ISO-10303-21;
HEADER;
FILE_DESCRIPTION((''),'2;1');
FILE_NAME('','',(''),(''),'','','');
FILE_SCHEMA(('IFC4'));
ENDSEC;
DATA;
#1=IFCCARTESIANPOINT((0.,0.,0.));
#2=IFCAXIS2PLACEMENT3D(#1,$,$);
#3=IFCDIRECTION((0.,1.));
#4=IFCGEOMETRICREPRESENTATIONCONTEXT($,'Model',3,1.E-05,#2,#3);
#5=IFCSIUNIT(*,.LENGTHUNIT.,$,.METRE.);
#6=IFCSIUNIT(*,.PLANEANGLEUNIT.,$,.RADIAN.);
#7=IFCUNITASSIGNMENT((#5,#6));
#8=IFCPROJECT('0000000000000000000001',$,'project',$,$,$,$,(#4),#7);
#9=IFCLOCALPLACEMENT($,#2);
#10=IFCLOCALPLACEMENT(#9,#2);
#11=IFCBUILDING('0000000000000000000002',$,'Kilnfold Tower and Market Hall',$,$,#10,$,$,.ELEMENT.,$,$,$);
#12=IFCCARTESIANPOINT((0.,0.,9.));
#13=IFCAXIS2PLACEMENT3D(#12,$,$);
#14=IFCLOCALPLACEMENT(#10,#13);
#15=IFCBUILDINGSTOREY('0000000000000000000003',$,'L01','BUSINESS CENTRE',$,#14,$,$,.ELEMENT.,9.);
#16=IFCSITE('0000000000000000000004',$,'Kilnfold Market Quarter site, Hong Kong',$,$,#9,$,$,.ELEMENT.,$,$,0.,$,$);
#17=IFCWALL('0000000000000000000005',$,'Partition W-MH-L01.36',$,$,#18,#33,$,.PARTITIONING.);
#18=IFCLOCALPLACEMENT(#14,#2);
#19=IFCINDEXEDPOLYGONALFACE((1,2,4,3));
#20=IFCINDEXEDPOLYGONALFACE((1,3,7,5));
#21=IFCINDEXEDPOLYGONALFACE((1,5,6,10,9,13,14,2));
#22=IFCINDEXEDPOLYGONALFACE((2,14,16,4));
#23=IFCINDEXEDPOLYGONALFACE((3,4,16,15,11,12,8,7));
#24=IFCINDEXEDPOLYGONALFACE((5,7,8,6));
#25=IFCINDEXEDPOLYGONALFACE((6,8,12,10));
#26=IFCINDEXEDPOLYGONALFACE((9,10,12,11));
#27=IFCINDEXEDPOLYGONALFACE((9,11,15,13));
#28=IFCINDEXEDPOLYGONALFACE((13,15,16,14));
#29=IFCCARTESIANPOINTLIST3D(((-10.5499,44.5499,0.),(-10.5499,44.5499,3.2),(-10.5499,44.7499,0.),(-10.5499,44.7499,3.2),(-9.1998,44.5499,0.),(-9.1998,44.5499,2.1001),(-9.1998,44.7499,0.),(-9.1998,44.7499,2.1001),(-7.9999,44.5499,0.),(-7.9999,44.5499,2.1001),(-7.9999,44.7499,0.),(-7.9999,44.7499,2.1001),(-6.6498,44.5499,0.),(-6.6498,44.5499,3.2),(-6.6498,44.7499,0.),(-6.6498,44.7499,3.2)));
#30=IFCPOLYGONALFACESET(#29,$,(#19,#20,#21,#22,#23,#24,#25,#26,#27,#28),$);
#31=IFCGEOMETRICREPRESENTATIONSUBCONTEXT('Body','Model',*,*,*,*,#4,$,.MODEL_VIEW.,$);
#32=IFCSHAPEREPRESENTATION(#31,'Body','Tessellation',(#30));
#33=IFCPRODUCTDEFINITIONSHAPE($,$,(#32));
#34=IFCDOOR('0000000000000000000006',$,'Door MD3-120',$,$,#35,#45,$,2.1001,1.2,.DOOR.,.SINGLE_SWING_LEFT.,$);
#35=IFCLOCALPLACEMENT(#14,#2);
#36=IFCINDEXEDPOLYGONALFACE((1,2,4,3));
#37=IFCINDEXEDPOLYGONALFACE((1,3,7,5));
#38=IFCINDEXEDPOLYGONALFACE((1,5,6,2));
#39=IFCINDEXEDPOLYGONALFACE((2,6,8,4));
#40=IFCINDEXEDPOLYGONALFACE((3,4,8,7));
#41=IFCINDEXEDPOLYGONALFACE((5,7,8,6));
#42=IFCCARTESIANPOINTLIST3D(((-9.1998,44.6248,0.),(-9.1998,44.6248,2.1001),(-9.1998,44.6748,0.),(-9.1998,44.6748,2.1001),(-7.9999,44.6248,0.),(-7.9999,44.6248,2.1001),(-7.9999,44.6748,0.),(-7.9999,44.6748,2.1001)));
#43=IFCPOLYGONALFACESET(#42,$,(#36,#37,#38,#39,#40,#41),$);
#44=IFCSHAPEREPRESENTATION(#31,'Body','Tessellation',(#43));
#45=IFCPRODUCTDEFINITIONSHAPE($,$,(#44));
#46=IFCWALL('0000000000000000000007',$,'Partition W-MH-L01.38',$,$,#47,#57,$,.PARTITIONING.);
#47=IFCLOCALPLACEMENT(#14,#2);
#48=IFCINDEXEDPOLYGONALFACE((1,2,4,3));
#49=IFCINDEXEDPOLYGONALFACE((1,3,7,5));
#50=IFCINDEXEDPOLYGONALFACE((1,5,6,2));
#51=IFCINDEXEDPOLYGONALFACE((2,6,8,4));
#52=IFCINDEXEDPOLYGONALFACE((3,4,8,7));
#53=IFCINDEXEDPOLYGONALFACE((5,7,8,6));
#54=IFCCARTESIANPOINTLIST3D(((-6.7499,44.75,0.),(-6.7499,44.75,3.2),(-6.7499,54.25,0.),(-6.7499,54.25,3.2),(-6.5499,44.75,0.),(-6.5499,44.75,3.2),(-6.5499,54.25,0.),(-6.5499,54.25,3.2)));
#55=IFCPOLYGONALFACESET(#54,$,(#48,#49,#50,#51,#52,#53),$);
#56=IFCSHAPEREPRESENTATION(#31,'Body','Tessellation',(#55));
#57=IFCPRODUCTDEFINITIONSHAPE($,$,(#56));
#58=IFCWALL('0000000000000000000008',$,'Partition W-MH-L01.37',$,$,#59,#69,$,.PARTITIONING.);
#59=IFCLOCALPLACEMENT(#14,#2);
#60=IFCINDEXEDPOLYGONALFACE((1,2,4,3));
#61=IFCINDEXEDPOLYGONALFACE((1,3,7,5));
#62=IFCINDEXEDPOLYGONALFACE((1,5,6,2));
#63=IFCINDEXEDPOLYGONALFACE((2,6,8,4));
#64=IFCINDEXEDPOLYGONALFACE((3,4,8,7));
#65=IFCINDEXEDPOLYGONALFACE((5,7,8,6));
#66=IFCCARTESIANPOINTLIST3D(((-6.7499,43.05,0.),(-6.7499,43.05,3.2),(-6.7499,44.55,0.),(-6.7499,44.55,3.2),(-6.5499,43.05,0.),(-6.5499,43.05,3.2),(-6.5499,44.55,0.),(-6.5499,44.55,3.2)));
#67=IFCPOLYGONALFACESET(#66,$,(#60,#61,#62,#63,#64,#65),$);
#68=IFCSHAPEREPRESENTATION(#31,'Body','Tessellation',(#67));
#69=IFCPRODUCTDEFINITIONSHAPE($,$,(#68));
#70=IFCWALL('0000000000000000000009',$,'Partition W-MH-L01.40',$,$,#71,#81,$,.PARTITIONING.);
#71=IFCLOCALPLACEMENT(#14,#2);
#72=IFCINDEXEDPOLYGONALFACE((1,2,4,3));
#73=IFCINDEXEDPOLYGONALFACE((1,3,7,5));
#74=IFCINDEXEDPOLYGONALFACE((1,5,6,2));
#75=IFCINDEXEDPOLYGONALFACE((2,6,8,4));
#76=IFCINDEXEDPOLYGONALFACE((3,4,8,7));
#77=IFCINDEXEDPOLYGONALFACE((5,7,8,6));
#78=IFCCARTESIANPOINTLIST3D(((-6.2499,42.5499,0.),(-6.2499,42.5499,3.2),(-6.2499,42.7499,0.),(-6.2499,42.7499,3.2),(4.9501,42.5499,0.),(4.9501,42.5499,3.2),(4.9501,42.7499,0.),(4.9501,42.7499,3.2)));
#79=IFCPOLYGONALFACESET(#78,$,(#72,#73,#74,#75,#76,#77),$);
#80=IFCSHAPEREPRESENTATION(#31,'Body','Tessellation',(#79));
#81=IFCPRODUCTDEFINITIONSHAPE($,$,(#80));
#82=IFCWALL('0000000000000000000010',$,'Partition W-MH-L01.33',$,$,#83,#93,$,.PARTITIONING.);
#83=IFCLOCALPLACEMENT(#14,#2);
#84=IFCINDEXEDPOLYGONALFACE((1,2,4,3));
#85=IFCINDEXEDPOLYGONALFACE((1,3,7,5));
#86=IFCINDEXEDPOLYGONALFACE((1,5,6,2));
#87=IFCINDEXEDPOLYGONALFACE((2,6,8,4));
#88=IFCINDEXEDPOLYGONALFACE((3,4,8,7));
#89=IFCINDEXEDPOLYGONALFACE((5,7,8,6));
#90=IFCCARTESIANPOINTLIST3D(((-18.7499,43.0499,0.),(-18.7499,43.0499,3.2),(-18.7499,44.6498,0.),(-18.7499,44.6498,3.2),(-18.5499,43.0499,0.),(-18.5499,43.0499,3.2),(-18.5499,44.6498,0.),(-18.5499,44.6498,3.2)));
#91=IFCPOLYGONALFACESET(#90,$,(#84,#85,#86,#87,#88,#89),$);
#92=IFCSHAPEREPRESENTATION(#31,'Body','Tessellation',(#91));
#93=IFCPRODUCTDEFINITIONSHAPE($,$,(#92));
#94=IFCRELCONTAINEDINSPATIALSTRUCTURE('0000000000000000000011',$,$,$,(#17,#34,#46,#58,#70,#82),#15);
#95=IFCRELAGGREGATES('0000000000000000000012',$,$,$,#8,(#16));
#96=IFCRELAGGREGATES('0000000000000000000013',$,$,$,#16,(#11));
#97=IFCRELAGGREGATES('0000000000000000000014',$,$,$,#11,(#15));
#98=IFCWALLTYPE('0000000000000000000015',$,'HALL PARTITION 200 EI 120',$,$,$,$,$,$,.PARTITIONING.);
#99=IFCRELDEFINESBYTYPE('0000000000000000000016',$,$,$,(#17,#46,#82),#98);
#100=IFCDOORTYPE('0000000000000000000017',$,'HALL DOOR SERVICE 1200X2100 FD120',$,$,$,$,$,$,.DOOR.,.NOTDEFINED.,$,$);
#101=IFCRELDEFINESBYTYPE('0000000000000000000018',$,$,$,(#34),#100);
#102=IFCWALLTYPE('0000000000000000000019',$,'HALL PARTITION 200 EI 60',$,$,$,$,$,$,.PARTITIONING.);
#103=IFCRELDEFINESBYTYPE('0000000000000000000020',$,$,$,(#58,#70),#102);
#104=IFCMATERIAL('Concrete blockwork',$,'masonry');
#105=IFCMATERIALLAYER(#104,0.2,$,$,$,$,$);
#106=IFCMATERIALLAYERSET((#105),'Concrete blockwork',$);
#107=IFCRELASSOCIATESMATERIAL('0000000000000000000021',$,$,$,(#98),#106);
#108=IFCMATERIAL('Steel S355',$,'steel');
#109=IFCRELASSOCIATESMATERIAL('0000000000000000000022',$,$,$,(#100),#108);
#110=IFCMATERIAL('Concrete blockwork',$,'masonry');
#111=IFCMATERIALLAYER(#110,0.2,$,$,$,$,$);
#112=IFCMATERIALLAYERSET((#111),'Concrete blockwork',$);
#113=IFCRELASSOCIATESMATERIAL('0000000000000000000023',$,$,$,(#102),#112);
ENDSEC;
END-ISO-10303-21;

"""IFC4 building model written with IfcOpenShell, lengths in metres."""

from ifc_helpers import new_model, si_unit, direction, frame, frame_2d, origin, place, context, subcontext, project, spatial, rectangle, extrude, source, transform, mapped, material, layer, layer_set, type_object, element, fill, save


model = new_model("IFC4")

# Units and contexts
model_context = context("Model", 3, precision=1e-05, world=origin(), true_north=direction((0.0, 1.0)))
body_context = subcontext(model_context, "Body", "Model", "MODEL_VIEW")
ifc_project = project(units=[si_unit("LENGTHUNIT", "METRE"), si_unit("PLANEANGLEUNIT", "RADIAN")], contexts=[model_context])

# Site, building, storey
site_placement = place(None, origin())
site = spatial("IfcSite", under=ifc_project, at=site_placement, Name="Kilnfold Market Quarter site, Hong Kong", CompositionType="ELEMENT", RefElevation=0.0)
building_placement = place(site_placement, origin())
building = spatial("IfcBuilding", under=site, at=building_placement, Name="Kilnfold Tower and Market Hall", CompositionType="ELEMENT")
storey_placement = place(building_placement, frame((0.0, 0.0, 9.0)))
storey = spatial("IfcBuildingStorey", under=building, at=storey_placement, Name="L01", Description="BUSINESS CENTRE", CompositionType="ELEMENT", Elevation=9.0)

# Shared definitions
ifc_material_1 = material(Name="Concrete blockwork", Category="masonry")
ifc_layer_1 = layer(ifc_material_1, 0.2)
ifc_layer_set_1 = layer_set([ifc_layer_1], Name="Concrete blockwork")
wall_type_1 = type_object("IfcWallType", Name="HALL PARTITION 200 EI 120", PredefinedType="PARTITIONING", material=ifc_layer_set_1)

# Wall, opening, door
shared_shape_1 = source(origin(), body_context, "Body", "SweptSolid", [
    extrude(rectangle(XDim=3.9001, YDim=0.2, at=frame_2d((1.9502, 0.0))), origin(), (0.0, 0.0, 1.0), 3.2),
])
wall_1_placement = place(storey_placement, frame((-10.55, 44.6499, 0.0), z_axis=(0.0, 0.0, 1.0), x_axis=(1.0, 0.0, 0.0)))
wall_1 = element("IfcWall", 1, at=wall_1_placement, inside=storey, type_object=wall_type_1, Name="Partition W-MH-L01.36", PredefinedType="PARTITIONING", context=body_context, shape_type="MappedRepresentation", body=[
    mapped(shared_shape_1, transform((0.0, 0.0, 0.0))),
])
opening_1_placement = place(wall_1_placement, frame((1.3501, 0.0, 0.0)))
opening_1 = element("IfcOpeningElement", 2, at=opening_1_placement, cuts=wall_1, PredefinedType="OPENING", context=body_context, shape_type="SweptSolid", body=[
    extrude(rectangle(XDim=1.2, YDim=2.1001, at=frame_2d((0.6001, 1.05))), frame((0.0, 0.1099, 0.0), z_axis=(0.0, -1.0, 0.0), x_axis=(1.0, 0.0, 0.0)), (0.0, 0.0, 1.0), 0.22),
])
ifc_material_2 = material(Name="Steel S355", Category="steel")
door_type_1 = type_object("IfcDoorType", Name="HALL DOOR SERVICE 1200X2100 FD120", OperationType="NOTDEFINED", PredefinedType="DOOR", material=ifc_material_2)
door_1_placement = place(opening_1_placement, origin())
door_1 = element("IfcDoor", 3, at=door_1_placement, inside=storey, type_object=door_type_1, Name="Door MD3-120", OperationType="SINGLE_SWING_LEFT", OverallHeight=2.1001, OverallWidth=1.2, PredefinedType="DOOR", context=body_context, shape_type="SweptSolid", body=[
    extrude(rectangle(XDim=1.2, YDim=2.1001, at=frame_2d((0.6001, 1.05))), frame((0.0, 0.0249, 0.0), z_axis=(0.0, -1.0, 0.0), x_axis=(1.0, 0.0, 0.0)), (0.0, 0.0, 1.0), 0.05),
])
fill(opening_1, door_1)

# Walls
shared_shape_2 = source(origin(), body_context, "Body", "SweptSolid", [
    extrude(rectangle(XDim=9.5, YDim=0.2, at=frame_2d((4.75, 0.0))), origin(), (0.0, 0.0, 1.0), 3.2),
])
wall_2_placement = place(storey_placement, frame((-6.6499, 54.25, 0.0), z_axis=(0.0, 0.0, 1.0), x_axis=(0.0, -1.0, 0.0)))
element("IfcWall", 4, at=wall_2_placement, inside=storey, type_object=wall_type_1, Name="Partition W-MH-L01.38", PredefinedType="PARTITIONING", context=body_context, shape_type="MappedRepresentation", body=[
    mapped(shared_shape_2, transform((0.0, 0.0, 0.0))),
])
ifc_material_3 = material(Name="Concrete blockwork", Category="masonry")
ifc_layer_2 = layer(ifc_material_3, 0.2)
ifc_layer_set_2 = layer_set([ifc_layer_2], Name="Concrete blockwork")
wall_type_2 = type_object("IfcWallType", Name="HALL PARTITION 200 EI 60", PredefinedType="PARTITIONING", material=ifc_layer_set_2)
shared_shape_3 = source(origin(), body_context, "Body", "SweptSolid", [
    extrude(rectangle(XDim=1.5, YDim=0.2, at=frame_2d((0.75, 0.0))), origin(), (0.0, 0.0, 1.0), 3.2),
])
wall_3_placement = place(storey_placement, frame((-6.6499, 44.55, 0.0), z_axis=(0.0, 0.0, 1.0), x_axis=(0.0, -1.0, 0.0)))
element("IfcWall", 5, at=wall_3_placement, inside=storey, type_object=wall_type_2, Name="Partition W-MH-L01.37", PredefinedType="PARTITIONING", context=body_context, shape_type="MappedRepresentation", body=[
    mapped(shared_shape_3, transform((0.0, 0.0, 0.0))),
])
shared_shape_4 = source(origin(), body_context, "Body", "SweptSolid", [
    extrude(rectangle(XDim=11.2, YDim=0.2, at=frame_2d((5.6001, 0.0))), origin(), (0.0, 0.0, 1.0), 3.2),
])
wall_4_placement = place(storey_placement, frame((-6.25, 42.6499, 0.0), z_axis=(0.0, 0.0, 1.0), x_axis=(1.0, 0.0, 0.0)))
element("IfcWall", 6, at=wall_4_placement, inside=storey, type_object=wall_type_2, Name="Partition W-MH-L01.40", PredefinedType="PARTITIONING", context=body_context, shape_type="MappedRepresentation", body=[
    mapped(shared_shape_4, transform((0.0, 0.0, 0.0))),
])
shared_shape_5 = source(origin(), body_context, "Body", "SweptSolid", [
    extrude(rectangle(XDim=1.5999, YDim=0.2, at=frame_2d((0.7998, 0.0))), origin(), (0.0, 0.0, 1.0), 3.2),
])
wall_5_placement = place(storey_placement, frame((-18.6499, 43.05, 0.0), z_axis=(0.0, 0.0, 1.0), x_axis=(0.0, 1.0, 0.0)))
element("IfcWall", 7, at=wall_5_placement, inside=storey, type_object=wall_type_1, Name="Partition W-MH-L01.33", PredefinedType="PARTITIONING", context=body_context, shape_type="MappedRepresentation", body=[
    mapped(shared_shape_5, transform((0.0, 0.0, 0.0))),
])

save(model, "model.ifc")
